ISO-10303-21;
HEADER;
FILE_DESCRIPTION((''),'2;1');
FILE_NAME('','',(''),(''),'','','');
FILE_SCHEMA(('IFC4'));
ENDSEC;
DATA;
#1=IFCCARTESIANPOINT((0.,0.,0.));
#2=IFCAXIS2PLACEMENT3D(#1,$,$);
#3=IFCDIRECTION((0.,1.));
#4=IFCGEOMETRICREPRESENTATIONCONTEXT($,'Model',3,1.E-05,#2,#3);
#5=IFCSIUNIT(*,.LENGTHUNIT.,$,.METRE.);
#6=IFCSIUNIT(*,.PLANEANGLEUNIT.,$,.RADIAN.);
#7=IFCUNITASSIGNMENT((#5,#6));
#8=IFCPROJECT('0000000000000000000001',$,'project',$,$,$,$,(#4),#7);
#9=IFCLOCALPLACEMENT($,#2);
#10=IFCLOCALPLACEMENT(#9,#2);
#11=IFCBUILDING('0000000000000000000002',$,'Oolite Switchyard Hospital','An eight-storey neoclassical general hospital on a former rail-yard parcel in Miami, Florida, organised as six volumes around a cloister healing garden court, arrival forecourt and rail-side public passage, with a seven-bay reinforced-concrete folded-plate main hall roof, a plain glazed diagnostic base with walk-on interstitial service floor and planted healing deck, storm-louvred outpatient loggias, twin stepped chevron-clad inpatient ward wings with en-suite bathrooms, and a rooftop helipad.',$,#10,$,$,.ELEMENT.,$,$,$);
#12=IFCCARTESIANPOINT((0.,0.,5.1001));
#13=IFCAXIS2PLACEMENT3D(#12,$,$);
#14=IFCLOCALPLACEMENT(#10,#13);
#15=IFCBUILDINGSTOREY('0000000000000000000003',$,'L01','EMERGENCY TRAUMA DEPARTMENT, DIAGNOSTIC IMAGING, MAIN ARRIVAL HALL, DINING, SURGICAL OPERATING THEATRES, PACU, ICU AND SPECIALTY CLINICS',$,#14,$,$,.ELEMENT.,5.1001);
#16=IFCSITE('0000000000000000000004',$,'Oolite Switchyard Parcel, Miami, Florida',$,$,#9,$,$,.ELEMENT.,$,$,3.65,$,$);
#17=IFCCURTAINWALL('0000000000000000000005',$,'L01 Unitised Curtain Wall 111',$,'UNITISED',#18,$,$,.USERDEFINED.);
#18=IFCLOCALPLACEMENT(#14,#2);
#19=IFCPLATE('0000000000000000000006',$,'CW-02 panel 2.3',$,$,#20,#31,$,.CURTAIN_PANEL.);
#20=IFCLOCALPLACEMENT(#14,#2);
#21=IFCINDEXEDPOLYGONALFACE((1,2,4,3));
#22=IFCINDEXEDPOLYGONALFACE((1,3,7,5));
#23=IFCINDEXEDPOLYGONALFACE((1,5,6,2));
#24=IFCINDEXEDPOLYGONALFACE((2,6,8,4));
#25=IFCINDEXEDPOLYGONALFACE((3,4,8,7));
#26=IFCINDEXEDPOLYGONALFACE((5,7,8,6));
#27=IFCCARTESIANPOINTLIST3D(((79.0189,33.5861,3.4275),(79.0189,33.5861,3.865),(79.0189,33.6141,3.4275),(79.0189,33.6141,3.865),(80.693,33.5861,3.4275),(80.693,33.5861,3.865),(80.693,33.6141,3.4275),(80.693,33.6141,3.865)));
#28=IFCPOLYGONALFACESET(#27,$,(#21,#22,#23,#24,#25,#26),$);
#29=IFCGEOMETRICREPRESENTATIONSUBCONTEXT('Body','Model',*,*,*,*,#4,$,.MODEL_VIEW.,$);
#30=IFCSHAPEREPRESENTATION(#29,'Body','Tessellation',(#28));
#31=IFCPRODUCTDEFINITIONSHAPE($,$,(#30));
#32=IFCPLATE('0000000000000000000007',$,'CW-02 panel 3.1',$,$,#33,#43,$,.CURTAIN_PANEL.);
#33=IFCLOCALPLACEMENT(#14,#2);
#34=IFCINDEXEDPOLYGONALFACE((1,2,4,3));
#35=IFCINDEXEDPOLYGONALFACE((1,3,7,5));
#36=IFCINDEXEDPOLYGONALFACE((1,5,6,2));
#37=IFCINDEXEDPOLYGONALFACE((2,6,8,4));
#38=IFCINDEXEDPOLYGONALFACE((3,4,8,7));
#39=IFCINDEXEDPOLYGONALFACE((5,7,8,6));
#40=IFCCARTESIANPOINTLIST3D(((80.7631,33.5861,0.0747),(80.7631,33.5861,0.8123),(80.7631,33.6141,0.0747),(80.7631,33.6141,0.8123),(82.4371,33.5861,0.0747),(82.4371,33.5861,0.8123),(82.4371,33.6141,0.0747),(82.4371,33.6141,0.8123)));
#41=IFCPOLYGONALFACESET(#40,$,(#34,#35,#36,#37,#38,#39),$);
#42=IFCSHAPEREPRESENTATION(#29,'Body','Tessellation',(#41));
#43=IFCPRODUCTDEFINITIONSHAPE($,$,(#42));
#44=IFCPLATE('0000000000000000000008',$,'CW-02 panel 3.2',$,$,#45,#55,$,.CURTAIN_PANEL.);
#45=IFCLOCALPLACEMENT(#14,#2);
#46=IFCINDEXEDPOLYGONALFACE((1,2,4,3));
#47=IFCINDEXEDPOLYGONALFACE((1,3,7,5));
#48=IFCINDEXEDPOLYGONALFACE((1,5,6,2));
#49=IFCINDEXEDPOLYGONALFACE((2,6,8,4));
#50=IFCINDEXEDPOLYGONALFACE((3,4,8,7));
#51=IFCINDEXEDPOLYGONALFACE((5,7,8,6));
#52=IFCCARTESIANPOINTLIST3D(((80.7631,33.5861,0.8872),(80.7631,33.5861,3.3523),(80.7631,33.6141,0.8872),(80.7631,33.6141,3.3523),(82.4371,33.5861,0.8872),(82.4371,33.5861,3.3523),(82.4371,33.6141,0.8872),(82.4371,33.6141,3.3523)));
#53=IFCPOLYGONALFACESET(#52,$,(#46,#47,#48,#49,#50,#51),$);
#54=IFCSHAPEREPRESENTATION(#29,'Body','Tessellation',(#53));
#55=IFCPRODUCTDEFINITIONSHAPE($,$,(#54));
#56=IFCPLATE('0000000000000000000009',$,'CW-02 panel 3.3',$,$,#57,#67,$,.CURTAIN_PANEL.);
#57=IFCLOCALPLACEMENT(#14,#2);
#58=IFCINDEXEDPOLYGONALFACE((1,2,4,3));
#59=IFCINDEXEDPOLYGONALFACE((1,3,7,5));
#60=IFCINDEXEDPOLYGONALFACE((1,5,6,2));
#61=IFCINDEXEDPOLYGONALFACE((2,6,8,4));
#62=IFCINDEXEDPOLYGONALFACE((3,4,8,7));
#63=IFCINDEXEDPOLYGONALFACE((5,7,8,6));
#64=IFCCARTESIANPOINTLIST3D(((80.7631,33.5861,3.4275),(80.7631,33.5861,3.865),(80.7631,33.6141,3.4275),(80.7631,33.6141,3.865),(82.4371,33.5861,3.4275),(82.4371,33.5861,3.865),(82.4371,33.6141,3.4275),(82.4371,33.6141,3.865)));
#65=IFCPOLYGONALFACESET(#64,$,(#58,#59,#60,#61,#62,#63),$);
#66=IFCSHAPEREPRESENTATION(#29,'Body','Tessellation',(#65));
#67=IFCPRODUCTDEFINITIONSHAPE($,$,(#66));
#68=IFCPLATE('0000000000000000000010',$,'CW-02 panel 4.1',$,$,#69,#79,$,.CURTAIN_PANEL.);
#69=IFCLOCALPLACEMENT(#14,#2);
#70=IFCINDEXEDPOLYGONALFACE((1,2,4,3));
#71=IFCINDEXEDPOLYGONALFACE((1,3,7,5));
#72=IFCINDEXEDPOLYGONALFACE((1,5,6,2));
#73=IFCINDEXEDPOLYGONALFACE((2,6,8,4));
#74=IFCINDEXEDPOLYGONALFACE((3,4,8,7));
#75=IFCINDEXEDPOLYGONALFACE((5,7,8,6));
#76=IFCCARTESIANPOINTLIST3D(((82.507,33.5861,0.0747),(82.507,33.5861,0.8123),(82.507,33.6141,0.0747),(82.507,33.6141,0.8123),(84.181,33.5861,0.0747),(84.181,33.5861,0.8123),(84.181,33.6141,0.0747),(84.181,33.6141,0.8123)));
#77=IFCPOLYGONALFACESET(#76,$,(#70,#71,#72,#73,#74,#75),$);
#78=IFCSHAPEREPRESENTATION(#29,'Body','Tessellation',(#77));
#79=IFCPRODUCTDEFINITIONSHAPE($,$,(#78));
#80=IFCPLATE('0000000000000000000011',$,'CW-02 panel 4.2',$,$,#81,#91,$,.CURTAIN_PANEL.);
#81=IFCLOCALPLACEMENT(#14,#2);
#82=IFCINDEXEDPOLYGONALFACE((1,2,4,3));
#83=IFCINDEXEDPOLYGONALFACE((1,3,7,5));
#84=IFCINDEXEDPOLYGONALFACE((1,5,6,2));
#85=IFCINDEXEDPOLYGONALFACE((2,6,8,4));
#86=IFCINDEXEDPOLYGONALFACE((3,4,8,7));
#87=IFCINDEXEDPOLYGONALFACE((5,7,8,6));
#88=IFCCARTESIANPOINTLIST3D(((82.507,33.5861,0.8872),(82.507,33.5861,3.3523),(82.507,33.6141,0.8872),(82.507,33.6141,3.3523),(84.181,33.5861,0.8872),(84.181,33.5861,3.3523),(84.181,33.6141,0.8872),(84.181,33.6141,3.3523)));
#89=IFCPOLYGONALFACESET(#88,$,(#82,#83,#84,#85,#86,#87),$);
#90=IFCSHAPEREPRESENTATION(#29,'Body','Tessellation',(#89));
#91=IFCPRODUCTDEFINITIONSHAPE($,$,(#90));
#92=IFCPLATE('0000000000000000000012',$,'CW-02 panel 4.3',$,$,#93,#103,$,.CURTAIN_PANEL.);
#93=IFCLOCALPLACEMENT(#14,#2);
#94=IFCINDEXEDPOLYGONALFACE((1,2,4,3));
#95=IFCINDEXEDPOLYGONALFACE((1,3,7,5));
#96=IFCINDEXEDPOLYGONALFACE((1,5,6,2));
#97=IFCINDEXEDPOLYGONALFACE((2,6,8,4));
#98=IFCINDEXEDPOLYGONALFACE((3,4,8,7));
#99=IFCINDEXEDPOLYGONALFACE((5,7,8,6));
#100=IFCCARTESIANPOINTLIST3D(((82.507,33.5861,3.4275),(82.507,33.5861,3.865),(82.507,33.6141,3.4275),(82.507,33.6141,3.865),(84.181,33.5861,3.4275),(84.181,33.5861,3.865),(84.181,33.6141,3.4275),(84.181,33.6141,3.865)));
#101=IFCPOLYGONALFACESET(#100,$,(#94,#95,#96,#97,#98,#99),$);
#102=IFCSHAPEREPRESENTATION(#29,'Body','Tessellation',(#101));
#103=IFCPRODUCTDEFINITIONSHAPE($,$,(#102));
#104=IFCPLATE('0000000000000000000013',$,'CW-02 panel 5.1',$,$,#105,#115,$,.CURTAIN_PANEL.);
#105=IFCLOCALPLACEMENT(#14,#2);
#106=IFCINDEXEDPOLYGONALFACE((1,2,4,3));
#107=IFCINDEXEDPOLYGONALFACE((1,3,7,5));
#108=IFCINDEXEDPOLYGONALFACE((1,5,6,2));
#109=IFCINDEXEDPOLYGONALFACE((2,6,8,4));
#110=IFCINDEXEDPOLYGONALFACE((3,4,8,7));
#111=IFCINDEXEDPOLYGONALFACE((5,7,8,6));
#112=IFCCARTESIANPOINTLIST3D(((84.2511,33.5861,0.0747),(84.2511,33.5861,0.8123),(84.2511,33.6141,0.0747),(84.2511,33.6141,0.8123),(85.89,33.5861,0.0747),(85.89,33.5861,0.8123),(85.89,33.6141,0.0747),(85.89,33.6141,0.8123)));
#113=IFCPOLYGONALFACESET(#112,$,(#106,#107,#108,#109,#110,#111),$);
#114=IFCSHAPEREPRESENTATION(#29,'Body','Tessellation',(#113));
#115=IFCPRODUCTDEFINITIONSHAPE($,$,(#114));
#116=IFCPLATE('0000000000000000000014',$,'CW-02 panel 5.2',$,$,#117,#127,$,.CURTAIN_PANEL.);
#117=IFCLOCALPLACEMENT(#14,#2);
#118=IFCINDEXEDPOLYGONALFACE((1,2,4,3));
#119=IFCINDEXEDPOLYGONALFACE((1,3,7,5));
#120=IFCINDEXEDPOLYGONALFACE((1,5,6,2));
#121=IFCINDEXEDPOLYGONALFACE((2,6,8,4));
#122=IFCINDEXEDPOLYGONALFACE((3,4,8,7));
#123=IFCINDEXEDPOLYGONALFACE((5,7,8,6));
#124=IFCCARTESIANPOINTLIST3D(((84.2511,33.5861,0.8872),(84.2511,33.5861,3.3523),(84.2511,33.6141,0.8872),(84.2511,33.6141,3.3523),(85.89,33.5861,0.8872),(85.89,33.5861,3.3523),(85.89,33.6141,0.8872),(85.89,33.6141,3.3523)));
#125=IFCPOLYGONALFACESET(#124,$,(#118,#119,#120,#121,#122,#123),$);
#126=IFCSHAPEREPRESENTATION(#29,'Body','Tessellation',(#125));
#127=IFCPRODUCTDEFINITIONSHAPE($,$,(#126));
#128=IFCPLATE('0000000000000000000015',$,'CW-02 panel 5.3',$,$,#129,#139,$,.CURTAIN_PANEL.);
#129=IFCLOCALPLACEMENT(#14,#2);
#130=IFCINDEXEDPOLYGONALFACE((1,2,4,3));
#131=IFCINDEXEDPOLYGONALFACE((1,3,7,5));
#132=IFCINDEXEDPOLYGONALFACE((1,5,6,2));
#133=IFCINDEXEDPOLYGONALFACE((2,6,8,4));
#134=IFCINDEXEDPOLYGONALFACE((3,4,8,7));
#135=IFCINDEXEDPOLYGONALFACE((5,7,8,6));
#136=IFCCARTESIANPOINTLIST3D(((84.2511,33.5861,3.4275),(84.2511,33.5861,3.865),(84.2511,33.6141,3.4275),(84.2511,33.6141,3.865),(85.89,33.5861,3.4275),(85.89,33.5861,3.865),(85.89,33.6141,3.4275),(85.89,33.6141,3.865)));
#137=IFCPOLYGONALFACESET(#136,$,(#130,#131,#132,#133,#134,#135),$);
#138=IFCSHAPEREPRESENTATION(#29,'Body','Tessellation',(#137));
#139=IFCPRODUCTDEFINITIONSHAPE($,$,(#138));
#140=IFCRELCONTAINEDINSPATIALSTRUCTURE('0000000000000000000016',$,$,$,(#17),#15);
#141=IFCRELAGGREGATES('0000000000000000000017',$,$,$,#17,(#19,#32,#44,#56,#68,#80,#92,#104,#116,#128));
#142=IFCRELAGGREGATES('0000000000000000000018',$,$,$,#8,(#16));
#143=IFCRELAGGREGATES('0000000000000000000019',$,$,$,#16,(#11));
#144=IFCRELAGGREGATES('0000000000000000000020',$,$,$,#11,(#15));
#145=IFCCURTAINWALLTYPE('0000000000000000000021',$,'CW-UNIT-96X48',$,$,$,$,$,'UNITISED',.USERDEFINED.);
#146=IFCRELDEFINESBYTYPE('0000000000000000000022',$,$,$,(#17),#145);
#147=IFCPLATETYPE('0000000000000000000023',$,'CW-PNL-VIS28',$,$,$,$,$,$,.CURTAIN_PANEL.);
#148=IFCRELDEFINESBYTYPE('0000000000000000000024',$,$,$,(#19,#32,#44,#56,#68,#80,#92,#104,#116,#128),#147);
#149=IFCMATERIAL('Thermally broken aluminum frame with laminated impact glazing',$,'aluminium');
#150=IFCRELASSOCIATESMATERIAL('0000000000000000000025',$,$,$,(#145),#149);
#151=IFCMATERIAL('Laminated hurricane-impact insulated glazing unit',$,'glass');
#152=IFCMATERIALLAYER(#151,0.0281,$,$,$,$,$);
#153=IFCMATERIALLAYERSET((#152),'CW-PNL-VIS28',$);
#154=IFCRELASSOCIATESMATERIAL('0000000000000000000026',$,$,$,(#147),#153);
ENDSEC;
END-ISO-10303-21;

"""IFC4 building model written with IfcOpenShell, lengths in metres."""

from ifc_helpers import new_model, si_unit, direction, frame, origin, origin_2d, place, context, subcontext, project, spatial, rectangle, extrude, material, layer, layer_set, type_object, element, aggregate, save


model = new_model("IFC4")

# Units and contexts
model_context = context("Model", 3, precision=1e-05, world=origin(), true_north=direction((0.0, 1.0)))
body_context = subcontext(model_context, "Body", "Model", "MODEL_VIEW")
ifc_project = project(units=[si_unit("LENGTHUNIT", "METRE"), si_unit("PLANEANGLEUNIT", "RADIAN")], contexts=[model_context])

# Site, building, storey
site_placement = place(None, origin())
site = spatial("IfcSite", under=ifc_project, at=site_placement, Name="Oolite Switchyard Parcel, Miami, Florida", CompositionType="ELEMENT", RefElevation=3.65)
building_placement = place(site_placement, origin())
building = spatial("IfcBuilding", under=site, at=building_placement, Name="Oolite Switchyard Hospital", Description="An eight-storey neoclassical general hospital on a former rail-yard parcel in Miami, Florida, organised as six volumes around a cloister healing garden court, arrival forecourt and rail-side public passage, with a seven-bay reinforced-concrete folded-plate main hall roof, a plain glazed diagnostic base with walk-on interstitial service floor and planted healing deck, storm-louvred outpatient loggias, twin stepped chevron-clad inpatient ward wings with en-suite bathrooms, and a rooftop helipad.", CompositionType="ELEMENT")
storey_placement = place(building_placement, frame((0.0, 0.0, 5.1001)))
storey = spatial("IfcBuildingStorey", under=building, at=storey_placement, Name="L01", Description="EMERGENCY TRAUMA DEPARTMENT, DIAGNOSTIC IMAGING, MAIN ARRIVAL HALL, DINING, SURGICAL OPERATING THEATRES, PACU, ICU AND SPECIALTY CLINICS", CompositionType="ELEMENT", Elevation=5.1001)

# Curtain wall, plates
ifc_material_1 = material(Name="Thermally broken aluminum frame with laminated impact glazing", Category="aluminium")
curtain_wall_type = type_object("IfcCurtainWallType", Name="CW-UNIT-96X48", ElementType="UNITISED", PredefinedType="USERDEFINED", material=ifc_material_1)
curtain_wall_placement = place(storey_placement, origin())
curtain_wall = element("IfcCurtainWall", 1, at=curtain_wall_placement, inside=storey, type_object=curtain_wall_type, Name="L01 Unitised Curtain Wall 111", ObjectType="UNITISED", PredefinedType="USERDEFINED")
ifc_material_2 = material(Name="Laminated hurricane-impact insulated glazing unit", Category="glass")
ifc_layer = layer(ifc_material_2, 0.0281)
ifc_layer_set = layer_set([ifc_layer], Name="CW-PNL-VIS28")
plate_type = type_object("IfcPlateType", Name="CW-PNL-VIS28", PredefinedType="CURTAIN_PANEL", material=ifc_layer_set)
plate_1_placement = place(storey_placement, frame((79.856, 33.6001, 3.4275), z_axis=(0.0, 0.0, 1.0), x_axis=(1.0, 0.0, 0.0)))
plate_1 = element("IfcPlate", 2, at=plate_1_placement, type_object=plate_type, Name="CW-02 panel 2.3", PredefinedType="CURTAIN_PANEL", context=body_context, shape_type="SweptSolid", body=[
    extrude(rectangle(XDim=1.6741, YDim=0.0281, at=origin_2d()), origin(), (0.0, 0.0, 1.0), 0.4375),
])
plate_2_placement = place(storey_placement, frame((81.6001, 33.6001, 0.0747), z_axis=(0.0, 0.0, 1.0), x_axis=(1.0, 0.0, 0.0)))
plate_2 = element("IfcPlate", 3, at=plate_2_placement, type_object=plate_type, Name="CW-02 panel 3.1", PredefinedType="CURTAIN_PANEL", context=body_context, shape_type="SweptSolid", body=[
    extrude(rectangle(XDim=1.6741, YDim=0.0281, at=origin_2d()), origin(), (0.0, 0.0, 1.0), 0.7375),
])
plate_3_placement = place(storey_placement, frame((81.6001, 33.6001, 0.8872), z_axis=(0.0, 0.0, 1.0), x_axis=(1.0, 0.0, 0.0)))
plate_3 = element("IfcPlate", 4, at=plate_3_placement, type_object=plate_type, Name="CW-02 panel 3.2", PredefinedType="CURTAIN_PANEL", context=body_context, shape_type="SweptSolid", body=[
    extrude(rectangle(XDim=1.6741, YDim=0.0281, at=origin_2d()), origin(), (0.0, 0.0, 1.0), 2.4651),
])
plate_4_placement = place(storey_placement, frame((81.6001, 33.6001, 3.4275), z_axis=(0.0, 0.0, 1.0), x_axis=(1.0, 0.0, 0.0)))
plate_4 = element("IfcPlate", 5, at=plate_4_placement, type_object=plate_type, Name="CW-02 panel 3.3", PredefinedType="CURTAIN_PANEL", context=body_context, shape_type="SweptSolid", body=[
    extrude(rectangle(XDim=1.6741, YDim=0.0281, at=origin_2d()), origin(), (0.0, 0.0, 1.0), 0.4375),
])
plate_5_placement = place(storey_placement, frame((83.344, 33.6001, 0.0747), z_axis=(0.0, 0.0, 1.0), x_axis=(1.0, 0.0, 0.0)))
plate_5 = element("IfcPlate", 6, at=plate_5_placement, type_object=plate_type, Name="CW-02 panel 4.1", PredefinedType="CURTAIN_PANEL", context=body_context, shape_type="SweptSolid", body=[
    extrude(rectangle(XDim=1.6741, YDim=0.0281, at=origin_2d()), origin(), (0.0, 0.0, 1.0), 0.7375),
])
plate_6_placement = place(storey_placement, frame((83.344, 33.6001, 0.8872), z_axis=(0.0, 0.0, 1.0), x_axis=(1.0, 0.0, 0.0)))
plate_6 = element("IfcPlate", 7, at=plate_6_placement, type_object=plate_type, Name="CW-02 panel 4.2", PredefinedType="CURTAIN_PANEL", context=body_context, shape_type="SweptSolid", body=[
    extrude(rectangle(XDim=1.6741, YDim=0.0281, at=origin_2d()), origin(), (0.0, 0.0, 1.0), 2.4651),
])
plate_7_placement = place(storey_placement, frame((83.344, 33.6001, 3.4275), z_axis=(0.0, 0.0, 1.0), x_axis=(1.0, 0.0, 0.0)))
plate_7 = element("IfcPlate", 8, at=plate_7_placement, type_object=plate_type, Name="CW-02 panel 4.3", PredefinedType="CURTAIN_PANEL", context=body_context, shape_type="SweptSolid", body=[
    extrude(rectangle(XDim=1.6741, YDim=0.0281, at=origin_2d()), origin(), (0.0, 0.0, 1.0), 0.4375),
])
plate_8_placement = place(storey_placement, frame((85.0706, 33.6001, 0.0747), z_axis=(0.0, 0.0, 1.0), x_axis=(1.0, 0.0, 0.0)))
plate_8 = element("IfcPlate", 9, at=plate_8_placement, type_object=plate_type, Name="CW-02 panel 5.1", PredefinedType="CURTAIN_PANEL", context=body_context, shape_type="SweptSolid", body=[
    extrude(rectangle(XDim=1.6389, YDim=0.0281, at=origin_2d()), origin(), (0.0, 0.0, 1.0), 0.7375),
])
plate_9_placement = place(storey_placement, frame((85.0706, 33.6001, 0.8872), z_axis=(0.0, 0.0, 1.0), x_axis=(1.0, 0.0, 0.0)))
plate_9 = element("IfcPlate", 10, at=plate_9_placement, type_object=plate_type, Name="CW-02 panel 5.2", PredefinedType="CURTAIN_PANEL", context=body_context, shape_type="SweptSolid", body=[
    extrude(rectangle(XDim=1.6389, YDim=0.0281, at=origin_2d()), origin(), (0.0, 0.0, 1.0), 2.4651),
])
plate_10_placement = place(storey_placement, frame((85.0706, 33.6001, 3.4275), z_axis=(0.0, 0.0, 1.0), x_axis=(1.0, 0.0, 0.0)))
plate_10 = element("IfcPlate", 11, at=plate_10_placement, type_object=plate_type, Name="CW-02 panel 5.3", PredefinedType="CURTAIN_PANEL", context=body_context, shape_type="SweptSolid", body=[
    extrude(rectangle(XDim=1.6389, YDim=0.0281, at=origin_2d()), origin(), (0.0, 0.0, 1.0), 0.4375),
])
aggregate(curtain_wall, [plate_1, plate_2, plate_3, plate_4, plate_5, plate_6, plate_7, plate_8, plate_9, plate_10])

save(model, "model.ifc")
